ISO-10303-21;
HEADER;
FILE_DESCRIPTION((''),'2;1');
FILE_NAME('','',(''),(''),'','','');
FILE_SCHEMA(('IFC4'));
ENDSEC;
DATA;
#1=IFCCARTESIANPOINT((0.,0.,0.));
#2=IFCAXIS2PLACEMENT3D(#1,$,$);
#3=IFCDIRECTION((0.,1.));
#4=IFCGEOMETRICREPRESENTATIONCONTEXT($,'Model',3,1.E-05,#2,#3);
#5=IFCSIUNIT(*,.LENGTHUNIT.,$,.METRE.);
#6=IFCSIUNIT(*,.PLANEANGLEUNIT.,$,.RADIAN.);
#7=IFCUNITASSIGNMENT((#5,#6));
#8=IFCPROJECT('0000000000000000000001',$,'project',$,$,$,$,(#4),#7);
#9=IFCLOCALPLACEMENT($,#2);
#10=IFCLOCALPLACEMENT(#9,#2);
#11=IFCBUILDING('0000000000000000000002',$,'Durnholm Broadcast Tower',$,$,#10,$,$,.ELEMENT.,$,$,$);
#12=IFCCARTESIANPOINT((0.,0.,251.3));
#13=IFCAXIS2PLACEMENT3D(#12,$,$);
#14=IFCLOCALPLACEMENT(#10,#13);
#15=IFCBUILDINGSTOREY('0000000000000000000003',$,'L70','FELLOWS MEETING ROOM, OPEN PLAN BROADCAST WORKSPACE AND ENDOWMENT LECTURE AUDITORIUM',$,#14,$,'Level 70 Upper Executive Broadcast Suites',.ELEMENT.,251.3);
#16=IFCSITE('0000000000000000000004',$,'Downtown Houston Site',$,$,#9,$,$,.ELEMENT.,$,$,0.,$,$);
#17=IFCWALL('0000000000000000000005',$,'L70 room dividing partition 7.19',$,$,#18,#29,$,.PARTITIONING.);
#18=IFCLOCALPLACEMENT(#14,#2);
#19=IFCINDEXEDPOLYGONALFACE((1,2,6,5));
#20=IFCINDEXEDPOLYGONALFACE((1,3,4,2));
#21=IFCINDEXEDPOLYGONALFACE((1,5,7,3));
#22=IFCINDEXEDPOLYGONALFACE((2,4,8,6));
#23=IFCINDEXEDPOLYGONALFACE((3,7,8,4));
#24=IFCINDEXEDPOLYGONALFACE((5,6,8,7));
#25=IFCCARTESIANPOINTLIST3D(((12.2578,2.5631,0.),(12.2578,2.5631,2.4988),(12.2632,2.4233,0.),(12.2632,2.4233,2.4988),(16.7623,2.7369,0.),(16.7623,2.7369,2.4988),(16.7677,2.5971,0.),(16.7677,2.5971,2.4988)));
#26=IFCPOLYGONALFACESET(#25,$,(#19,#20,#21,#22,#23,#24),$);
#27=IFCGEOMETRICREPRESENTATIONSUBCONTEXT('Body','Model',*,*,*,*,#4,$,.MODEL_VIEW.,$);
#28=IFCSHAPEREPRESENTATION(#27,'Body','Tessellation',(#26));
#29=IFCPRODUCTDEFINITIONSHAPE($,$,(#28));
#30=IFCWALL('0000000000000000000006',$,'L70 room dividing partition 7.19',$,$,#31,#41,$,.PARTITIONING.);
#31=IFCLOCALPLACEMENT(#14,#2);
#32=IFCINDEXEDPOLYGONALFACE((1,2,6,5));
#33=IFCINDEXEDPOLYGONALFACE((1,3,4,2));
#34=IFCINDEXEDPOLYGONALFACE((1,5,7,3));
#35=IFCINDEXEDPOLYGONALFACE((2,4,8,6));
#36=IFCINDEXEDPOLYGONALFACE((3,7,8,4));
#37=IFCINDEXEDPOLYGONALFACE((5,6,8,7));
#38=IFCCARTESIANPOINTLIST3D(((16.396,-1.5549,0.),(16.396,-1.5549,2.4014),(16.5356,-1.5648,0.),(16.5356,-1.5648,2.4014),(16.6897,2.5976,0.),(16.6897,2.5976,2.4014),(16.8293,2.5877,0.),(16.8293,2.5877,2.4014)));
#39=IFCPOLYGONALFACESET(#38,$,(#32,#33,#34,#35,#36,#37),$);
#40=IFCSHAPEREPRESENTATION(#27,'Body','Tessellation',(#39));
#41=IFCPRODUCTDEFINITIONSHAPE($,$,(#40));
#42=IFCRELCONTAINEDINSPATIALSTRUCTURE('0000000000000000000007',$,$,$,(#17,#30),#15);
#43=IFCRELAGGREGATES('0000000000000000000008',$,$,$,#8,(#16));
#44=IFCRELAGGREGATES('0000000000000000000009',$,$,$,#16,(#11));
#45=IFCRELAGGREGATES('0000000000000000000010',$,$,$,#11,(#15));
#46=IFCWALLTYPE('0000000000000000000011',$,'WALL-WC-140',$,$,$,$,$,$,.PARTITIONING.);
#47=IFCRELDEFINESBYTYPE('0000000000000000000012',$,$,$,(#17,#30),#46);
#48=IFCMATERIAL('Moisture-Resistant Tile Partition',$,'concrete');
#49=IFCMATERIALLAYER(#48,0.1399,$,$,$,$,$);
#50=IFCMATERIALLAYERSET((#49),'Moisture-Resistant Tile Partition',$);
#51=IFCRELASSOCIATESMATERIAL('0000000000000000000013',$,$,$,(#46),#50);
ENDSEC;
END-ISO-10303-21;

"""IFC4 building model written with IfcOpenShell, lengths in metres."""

from ifc_helpers import new_model, si_unit, direction, frame, frame_2d, origin, place, context, subcontext, project, spatial, rectangle, extrude, material, layer, layer_set, type_object, element, save


model = new_model("IFC4")

# Units and contexts
model_context = context("Model", 3, precision=1e-05, world=origin(), true_north=direction((0.0, 1.0)))
body_context = subcontext(model_context, "Body", "Model", "MODEL_VIEW")
ifc_project = project(units=[si_unit("LENGTHUNIT", "METRE"), si_unit("PLANEANGLEUNIT", "RADIAN")], contexts=[model_context])

# Site, building, storey
site_placement = place(None, origin())
site = spatial("IfcSite", under=ifc_project, at=site_placement, Name="Downtown Houston Site", CompositionType="ELEMENT", RefElevation=0.0)
building_placement = place(site_placement, origin())
building = spatial("IfcBuilding", under=site, at=building_placement, Name="Durnholm Broadcast Tower", CompositionType="ELEMENT")
storey_placement = place(building_placement, frame((0.0, 0.0, 251.3)))
storey = spatial("IfcBuildingStorey", under=building, at=storey_placement, Name="L70", Description="FELLOWS MEETING ROOM, OPEN PLAN BROADCAST WORKSPACE AND ENDOWMENT LECTURE AUDITORIUM", LongName="Level 70 Upper Executive Broadcast Suites", CompositionType="ELEMENT", Elevation=251.3)

# Walls
ifc_material_1 = material(Name="Moisture-Resistant Tile Partition", Category="concrete")
ifc_layer_1 = layer(ifc_material_1, 0.1399)
ifc_layer_set_1 = layer_set([ifc_layer_1], Name="Moisture-Resistant Tile Partition")
wall_type_1 = type_object("IfcWallType", Name="WALL-WC-140", PredefinedType="PARTITIONING", material=ifc_layer_set_1)
wall_1_placement = place(storey_placement, frame((12.2605, 2.4932, 0.0), z_axis=(0.0, 0.0, 1.0), x_axis=(0.999256, 0.038562, 0.0)))
element("IfcWall", 1, at=wall_1_placement, inside=storey, type_object=wall_type_1, Name="L70 room dividing partition 7.19", PredefinedType="PARTITIONING", context=body_context, shape_type="SweptSolid", body=[
    extrude(rectangle(XDim=4.5078, YDim=0.1399, at=frame_2d((2.2539, 0.0))), origin(), (0.0, 0.0, 1.0), 2.4988),
])
wall_2_placement = place(storey_placement, frame((16.7595, 2.5928, 0.0), z_axis=(0.0, 0.0, 1.0), x_axis=(-0.070551, -0.997508, 0.0)))
element("IfcWall", 2, at=wall_2_placement, inside=storey, type_object=wall_type_1, Name="L70 room dividing partition 7.19", PredefinedType="PARTITIONING", context=body_context, shape_type="SweptSolid", body=[
    extrude(rectangle(XDim=4.1628, YDim=0.1399, at=frame_2d((2.0815, 0.0))), origin(), (0.0, 0.0, 1.0), 2.4014),
])

save(model, "model.ifc")
